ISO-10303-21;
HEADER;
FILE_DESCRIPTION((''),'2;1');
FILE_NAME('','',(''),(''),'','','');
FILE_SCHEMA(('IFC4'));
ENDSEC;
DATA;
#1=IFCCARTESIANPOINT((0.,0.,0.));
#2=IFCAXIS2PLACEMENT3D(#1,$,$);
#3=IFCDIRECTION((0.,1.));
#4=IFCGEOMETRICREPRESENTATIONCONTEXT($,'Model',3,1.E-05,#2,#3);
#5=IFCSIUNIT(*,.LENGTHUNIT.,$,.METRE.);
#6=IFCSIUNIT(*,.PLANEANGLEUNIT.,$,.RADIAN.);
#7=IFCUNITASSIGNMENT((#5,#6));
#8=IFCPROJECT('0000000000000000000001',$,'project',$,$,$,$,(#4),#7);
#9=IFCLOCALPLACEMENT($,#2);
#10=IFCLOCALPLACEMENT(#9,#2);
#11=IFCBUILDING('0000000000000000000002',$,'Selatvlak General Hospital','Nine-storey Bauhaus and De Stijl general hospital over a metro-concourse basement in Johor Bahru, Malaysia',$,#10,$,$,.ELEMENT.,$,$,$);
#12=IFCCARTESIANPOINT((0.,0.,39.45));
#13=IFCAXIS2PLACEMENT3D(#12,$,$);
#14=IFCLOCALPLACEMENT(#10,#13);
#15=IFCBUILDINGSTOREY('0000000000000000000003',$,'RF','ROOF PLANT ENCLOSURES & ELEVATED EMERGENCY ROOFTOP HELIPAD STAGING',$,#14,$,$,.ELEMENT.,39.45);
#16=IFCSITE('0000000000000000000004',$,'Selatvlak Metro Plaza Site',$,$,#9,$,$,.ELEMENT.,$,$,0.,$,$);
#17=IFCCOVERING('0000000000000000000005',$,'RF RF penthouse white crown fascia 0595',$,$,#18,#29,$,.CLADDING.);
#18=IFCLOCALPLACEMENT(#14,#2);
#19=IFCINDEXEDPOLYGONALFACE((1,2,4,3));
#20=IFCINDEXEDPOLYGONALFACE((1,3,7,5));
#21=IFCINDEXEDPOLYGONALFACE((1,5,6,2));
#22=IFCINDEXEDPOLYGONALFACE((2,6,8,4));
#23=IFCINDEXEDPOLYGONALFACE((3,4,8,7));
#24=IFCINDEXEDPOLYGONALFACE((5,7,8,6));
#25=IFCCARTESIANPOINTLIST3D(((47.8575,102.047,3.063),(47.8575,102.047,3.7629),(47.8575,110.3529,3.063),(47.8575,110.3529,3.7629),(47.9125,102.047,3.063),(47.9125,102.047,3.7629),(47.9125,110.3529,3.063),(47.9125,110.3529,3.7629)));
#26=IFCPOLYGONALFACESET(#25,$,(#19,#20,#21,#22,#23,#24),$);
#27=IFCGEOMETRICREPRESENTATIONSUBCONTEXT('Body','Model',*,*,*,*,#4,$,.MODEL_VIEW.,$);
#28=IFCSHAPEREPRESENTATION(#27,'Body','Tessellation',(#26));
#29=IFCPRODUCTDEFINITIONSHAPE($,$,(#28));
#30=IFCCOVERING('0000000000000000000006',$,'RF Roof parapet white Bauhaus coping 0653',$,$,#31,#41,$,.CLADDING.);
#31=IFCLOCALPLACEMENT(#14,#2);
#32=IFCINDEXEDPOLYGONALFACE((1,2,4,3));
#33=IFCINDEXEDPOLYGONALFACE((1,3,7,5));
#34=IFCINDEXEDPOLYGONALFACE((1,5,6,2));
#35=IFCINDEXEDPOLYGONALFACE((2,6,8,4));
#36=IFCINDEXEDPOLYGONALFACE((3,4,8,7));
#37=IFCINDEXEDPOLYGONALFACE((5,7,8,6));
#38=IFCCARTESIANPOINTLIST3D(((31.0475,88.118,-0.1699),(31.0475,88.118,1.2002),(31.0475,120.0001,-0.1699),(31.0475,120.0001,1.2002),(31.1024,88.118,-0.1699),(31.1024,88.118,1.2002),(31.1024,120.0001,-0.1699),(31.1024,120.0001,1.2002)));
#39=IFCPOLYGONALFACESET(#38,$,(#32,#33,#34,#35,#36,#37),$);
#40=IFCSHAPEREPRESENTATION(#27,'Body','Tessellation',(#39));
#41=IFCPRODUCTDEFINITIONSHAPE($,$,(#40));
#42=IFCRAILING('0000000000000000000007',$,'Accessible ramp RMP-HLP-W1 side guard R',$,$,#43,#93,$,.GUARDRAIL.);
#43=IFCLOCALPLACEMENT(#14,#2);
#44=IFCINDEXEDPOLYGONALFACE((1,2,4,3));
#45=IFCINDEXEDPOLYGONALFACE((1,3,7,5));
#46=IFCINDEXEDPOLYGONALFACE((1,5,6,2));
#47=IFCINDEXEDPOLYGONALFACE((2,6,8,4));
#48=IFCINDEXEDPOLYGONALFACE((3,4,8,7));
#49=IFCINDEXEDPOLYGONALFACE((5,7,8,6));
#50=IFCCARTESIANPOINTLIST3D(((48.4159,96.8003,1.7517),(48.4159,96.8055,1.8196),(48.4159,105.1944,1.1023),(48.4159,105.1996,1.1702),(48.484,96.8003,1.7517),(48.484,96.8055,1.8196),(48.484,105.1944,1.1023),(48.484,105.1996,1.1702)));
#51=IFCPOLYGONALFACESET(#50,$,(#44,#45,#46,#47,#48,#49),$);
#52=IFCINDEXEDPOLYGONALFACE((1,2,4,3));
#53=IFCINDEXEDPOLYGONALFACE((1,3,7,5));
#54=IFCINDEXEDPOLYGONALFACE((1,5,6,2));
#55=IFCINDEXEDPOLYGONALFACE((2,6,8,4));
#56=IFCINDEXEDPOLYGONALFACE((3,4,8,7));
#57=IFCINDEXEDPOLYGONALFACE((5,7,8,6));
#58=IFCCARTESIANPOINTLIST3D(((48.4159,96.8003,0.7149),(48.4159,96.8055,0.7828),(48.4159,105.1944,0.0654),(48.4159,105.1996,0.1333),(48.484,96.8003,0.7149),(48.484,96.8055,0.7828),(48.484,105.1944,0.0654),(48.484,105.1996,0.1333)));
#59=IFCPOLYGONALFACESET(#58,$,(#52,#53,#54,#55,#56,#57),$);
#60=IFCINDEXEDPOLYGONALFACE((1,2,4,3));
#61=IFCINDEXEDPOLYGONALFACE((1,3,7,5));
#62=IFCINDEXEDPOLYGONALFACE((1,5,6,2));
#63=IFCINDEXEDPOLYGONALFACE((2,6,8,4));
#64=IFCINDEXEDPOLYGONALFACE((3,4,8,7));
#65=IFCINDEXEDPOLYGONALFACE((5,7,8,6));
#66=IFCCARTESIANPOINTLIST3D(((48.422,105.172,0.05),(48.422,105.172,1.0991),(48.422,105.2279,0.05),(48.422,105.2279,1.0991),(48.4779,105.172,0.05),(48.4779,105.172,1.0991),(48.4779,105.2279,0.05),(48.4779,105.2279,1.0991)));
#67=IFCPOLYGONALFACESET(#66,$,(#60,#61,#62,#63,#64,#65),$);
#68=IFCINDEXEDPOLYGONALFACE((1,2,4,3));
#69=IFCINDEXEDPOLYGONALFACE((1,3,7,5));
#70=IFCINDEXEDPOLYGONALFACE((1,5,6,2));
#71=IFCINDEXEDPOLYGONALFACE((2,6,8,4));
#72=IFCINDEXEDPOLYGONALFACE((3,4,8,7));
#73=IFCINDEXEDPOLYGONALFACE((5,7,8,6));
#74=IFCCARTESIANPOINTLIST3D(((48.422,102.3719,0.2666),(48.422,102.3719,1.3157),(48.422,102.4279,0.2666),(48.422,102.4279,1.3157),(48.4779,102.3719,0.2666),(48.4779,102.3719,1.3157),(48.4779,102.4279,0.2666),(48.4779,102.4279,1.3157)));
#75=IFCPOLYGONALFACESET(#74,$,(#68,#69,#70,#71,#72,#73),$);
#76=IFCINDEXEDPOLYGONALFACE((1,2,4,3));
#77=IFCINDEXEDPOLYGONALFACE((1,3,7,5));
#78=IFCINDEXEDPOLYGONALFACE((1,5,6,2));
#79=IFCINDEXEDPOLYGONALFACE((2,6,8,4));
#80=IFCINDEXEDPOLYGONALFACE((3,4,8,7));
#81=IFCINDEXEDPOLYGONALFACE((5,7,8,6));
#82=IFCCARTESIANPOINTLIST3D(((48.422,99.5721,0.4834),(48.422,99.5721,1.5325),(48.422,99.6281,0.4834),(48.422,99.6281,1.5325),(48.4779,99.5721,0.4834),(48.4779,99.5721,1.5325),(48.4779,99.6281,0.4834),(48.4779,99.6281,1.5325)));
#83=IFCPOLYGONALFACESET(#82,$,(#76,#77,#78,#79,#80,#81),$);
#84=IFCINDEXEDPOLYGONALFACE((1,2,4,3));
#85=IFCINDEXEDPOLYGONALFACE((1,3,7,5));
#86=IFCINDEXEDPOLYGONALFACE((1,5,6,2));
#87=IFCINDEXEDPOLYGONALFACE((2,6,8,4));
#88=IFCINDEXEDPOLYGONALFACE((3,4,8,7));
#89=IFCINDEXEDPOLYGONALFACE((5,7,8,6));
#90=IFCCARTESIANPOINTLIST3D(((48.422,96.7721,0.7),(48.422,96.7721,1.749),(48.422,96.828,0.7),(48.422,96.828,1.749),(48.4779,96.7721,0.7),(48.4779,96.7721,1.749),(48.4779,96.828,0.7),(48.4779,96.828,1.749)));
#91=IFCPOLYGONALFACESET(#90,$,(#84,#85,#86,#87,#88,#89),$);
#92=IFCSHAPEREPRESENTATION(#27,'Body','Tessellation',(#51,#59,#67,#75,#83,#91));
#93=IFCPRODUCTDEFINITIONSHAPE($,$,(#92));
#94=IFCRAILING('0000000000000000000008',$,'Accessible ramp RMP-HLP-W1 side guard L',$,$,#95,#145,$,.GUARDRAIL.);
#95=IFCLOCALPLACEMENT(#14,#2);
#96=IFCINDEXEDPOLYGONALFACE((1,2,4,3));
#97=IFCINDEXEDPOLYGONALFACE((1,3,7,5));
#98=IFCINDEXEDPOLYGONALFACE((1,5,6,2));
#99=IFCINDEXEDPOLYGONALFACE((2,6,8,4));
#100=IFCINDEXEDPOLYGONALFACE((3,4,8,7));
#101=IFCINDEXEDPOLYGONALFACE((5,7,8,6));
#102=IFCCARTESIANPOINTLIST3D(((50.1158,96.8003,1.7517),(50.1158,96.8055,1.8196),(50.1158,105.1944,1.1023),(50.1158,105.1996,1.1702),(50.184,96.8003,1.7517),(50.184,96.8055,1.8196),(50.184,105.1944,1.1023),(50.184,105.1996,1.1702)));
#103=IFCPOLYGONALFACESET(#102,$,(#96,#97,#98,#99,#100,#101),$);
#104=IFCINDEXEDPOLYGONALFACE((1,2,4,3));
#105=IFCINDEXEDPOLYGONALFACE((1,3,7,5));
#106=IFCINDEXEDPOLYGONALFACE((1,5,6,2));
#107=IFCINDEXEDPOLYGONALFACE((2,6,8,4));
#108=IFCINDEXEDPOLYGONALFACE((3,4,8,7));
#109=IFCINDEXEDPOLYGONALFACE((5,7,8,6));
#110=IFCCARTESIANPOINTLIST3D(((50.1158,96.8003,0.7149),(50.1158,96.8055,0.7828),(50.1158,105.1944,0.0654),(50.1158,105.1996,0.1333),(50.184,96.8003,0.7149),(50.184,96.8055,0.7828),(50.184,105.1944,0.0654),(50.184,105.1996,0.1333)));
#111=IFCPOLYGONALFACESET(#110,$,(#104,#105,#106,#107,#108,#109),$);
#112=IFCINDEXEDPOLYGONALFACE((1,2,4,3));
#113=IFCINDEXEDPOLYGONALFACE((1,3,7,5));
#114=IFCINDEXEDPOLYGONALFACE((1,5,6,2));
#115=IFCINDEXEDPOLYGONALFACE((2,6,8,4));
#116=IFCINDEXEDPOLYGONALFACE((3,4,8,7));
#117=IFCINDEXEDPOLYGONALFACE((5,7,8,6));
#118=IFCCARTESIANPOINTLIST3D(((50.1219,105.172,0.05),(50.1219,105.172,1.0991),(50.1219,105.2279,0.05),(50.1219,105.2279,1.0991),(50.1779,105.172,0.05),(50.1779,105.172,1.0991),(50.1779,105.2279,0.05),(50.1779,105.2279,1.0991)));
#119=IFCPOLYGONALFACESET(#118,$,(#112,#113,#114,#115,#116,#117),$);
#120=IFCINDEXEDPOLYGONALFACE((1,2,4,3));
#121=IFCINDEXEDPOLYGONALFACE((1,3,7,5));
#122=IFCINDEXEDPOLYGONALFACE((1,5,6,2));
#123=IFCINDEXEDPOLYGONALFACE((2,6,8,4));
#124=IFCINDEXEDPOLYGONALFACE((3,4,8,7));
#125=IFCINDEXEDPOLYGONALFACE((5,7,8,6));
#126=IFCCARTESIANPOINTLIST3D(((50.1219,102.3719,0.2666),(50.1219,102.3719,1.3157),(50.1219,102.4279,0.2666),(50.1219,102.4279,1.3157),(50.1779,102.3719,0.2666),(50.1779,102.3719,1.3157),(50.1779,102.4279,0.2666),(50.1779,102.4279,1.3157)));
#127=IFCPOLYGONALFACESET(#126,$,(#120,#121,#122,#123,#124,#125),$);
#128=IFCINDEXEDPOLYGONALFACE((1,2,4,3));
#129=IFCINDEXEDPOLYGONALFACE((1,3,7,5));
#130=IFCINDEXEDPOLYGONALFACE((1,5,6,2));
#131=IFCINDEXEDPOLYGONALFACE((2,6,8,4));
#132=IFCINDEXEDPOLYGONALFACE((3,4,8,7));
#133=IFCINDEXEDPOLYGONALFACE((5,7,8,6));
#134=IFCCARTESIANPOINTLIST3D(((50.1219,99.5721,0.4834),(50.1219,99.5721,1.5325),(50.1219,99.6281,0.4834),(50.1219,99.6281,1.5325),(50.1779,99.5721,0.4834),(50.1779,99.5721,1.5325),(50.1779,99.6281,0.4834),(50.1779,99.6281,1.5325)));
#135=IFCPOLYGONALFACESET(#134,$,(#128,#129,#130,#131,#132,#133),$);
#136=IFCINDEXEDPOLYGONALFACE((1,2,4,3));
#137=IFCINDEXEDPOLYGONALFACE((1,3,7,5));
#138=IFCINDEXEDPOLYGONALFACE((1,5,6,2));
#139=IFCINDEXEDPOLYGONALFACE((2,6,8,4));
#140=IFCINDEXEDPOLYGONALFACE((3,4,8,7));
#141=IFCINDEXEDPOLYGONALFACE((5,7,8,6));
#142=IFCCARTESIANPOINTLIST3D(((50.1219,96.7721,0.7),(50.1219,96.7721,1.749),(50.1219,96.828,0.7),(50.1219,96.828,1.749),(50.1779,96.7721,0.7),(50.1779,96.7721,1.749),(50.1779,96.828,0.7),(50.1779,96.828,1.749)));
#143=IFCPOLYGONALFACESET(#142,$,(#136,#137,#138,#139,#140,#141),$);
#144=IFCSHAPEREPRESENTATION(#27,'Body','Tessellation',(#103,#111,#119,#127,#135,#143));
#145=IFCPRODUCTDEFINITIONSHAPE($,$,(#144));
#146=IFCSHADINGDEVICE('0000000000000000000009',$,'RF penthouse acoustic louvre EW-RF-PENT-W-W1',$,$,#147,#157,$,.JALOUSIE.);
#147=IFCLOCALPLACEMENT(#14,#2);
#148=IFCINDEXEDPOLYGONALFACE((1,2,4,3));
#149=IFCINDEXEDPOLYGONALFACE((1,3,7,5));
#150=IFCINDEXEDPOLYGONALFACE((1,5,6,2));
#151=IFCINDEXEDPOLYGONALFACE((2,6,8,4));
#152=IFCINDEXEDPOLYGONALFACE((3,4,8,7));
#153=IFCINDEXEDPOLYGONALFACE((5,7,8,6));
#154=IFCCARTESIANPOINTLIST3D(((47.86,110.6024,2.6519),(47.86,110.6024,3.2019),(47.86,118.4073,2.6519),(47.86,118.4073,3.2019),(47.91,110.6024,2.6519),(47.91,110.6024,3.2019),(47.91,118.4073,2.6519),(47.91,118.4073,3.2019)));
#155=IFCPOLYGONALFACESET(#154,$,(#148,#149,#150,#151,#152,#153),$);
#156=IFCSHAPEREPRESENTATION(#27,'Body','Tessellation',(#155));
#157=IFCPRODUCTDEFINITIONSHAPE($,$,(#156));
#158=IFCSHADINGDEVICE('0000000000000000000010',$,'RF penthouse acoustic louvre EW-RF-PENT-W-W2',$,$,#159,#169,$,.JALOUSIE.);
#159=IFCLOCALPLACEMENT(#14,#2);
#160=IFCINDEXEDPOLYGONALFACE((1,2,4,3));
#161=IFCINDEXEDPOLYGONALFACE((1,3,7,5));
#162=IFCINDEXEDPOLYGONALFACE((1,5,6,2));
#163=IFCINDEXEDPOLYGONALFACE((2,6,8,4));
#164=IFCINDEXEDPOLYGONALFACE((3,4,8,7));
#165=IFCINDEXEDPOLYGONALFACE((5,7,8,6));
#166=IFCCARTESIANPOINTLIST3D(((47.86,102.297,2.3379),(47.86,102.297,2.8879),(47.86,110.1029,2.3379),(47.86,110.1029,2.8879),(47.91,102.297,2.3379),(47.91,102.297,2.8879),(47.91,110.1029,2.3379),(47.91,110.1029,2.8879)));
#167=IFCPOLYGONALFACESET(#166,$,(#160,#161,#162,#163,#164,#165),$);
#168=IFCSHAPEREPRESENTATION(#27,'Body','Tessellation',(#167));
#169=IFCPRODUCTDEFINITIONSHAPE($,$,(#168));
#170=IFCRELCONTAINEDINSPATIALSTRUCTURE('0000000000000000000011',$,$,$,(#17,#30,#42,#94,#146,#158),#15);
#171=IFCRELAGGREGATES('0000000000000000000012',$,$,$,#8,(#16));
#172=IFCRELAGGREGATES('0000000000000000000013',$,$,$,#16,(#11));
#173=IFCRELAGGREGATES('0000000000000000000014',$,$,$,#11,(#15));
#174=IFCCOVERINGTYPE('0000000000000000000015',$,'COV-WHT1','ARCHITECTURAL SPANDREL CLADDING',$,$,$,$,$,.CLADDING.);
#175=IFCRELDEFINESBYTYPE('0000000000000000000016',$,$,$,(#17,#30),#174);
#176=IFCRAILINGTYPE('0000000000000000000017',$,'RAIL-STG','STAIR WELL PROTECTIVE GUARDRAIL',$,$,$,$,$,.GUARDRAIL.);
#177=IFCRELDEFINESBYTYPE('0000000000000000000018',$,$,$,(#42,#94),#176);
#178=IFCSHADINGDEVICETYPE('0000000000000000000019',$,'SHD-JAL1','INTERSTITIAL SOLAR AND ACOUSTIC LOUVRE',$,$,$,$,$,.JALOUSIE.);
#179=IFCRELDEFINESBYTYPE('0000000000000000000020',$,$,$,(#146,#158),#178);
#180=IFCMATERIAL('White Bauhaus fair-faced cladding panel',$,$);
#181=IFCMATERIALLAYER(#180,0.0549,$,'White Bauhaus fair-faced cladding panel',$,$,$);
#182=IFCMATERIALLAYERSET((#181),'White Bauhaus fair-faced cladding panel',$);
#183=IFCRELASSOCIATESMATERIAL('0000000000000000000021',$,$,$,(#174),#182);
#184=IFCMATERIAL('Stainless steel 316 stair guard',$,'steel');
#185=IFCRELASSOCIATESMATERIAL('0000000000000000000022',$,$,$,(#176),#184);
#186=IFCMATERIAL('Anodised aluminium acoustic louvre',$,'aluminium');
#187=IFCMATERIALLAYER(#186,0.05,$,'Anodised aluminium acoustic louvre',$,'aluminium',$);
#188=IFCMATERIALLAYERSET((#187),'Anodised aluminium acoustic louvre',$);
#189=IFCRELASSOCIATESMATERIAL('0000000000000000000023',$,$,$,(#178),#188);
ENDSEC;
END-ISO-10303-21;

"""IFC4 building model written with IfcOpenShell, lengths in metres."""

from ifc_helpers import new_model, si_unit, direction, frame, origin, origin_2d, place, context, subcontext, project, spatial, rectangle, extrude, material, layer, layer_set, type_object, element, save


model = new_model("IFC4")

# Units and contexts
model_context = context("Model", 3, precision=1e-05, world=origin(), true_north=direction((0.0, 1.0)))
body_context = subcontext(model_context, "Body", "Model", "MODEL_VIEW")
ifc_project = project(units=[si_unit("LENGTHUNIT", "METRE"), si_unit("PLANEANGLEUNIT", "RADIAN")], contexts=[model_context])

# Site, building, storey
site_placement = place(None, origin())
site = spatial("IfcSite", under=ifc_project, at=site_placement, Name="Selatvlak Metro Plaza Site", CompositionType="ELEMENT", RefElevation=0.0)
building_placement = place(site_placement, origin())
building = spatial("IfcBuilding", under=site, at=building_placement, Name="Selatvlak General Hospital", Description="Nine-storey Bauhaus and De Stijl general hospital over a metro-concourse basement in Johor Bahru, Malaysia", CompositionType="ELEMENT")
storey_placement = place(building_placement, frame((0.0, 0.0, 39.45)))
storey = spatial("IfcBuildingStorey", under=building, at=storey_placement, Name="RF", Description="ROOF PLANT ENCLOSURES & ELEVATED EMERGENCY ROOFTOP HELIPAD STAGING", CompositionType="ELEMENT", Elevation=39.45)

# Coverings
ifc_material_1 = material(Name="White Bauhaus fair-faced cladding panel")
ifc_layer_1 = layer(ifc_material_1, 0.0549, Name="White Bauhaus fair-faced cladding panel")
ifc_layer_set_1 = layer_set([ifc_layer_1], Name="White Bauhaus fair-faced cladding panel")
covering_type = type_object("IfcCoveringType", Name="COV-WHT1", Description="ARCHITECTURAL SPANDREL CLADDING", PredefinedType="CLADDING", material=ifc_layer_set_1)
covering_1_placement = place(storey_placement, frame((47.885, 106.2, 3.063), z_axis=(0.0, 0.0, 1.0), x_axis=(0.0, -1.0, 0.0)))
element("IfcCovering", 1, at=covering_1_placement, inside=storey, type_object=covering_type, Name="RF RF penthouse white crown fascia 0595", PredefinedType="CLADDING", context=body_context, shape_type="SweptSolid", body=[
    extrude(rectangle(XDim=8.3059, YDim=0.0549, at=origin_2d()), origin(), (0.0, 0.0, 1.0), 0.7),
])
covering_2_placement = place(storey_placement, frame((31.075, 104.0591, -0.1699), z_axis=(0.0, 0.0, 1.0), x_axis=(0.0, 1.0, 0.0)))
element("IfcCovering", 2, at=covering_2_placement, inside=storey, type_object=covering_type, Name="RF Roof parapet white Bauhaus coping 0653", PredefinedType="CLADDING", context=body_context, shape_type="SweptSolid", body=[
    extrude(rectangle(XDim=31.8821, YDim=0.0549, at=origin_2d()), origin(), (0.0, 0.0, 1.0), 1.3701),
])

# Railings
ifc_material_2 = material(Name="Stainless steel 316 stair guard", Category="steel")
railing_type = type_object("IfcRailingType", Name="RAIL-STG", Description="STAIR WELL PROTECTIVE GUARDRAIL", PredefinedType="GUARDRAIL", material=ifc_material_2)
for number, where, name in (
    (3, (48.45, 105.2, 0.05), "Accessible ramp RMP-HLP-W1 side guard R"),
    (4, (50.1499, 105.2, 0.05), "Accessible ramp RMP-HLP-W1 side guard L"),
):
    element("IfcRailing", number, at=place(storey_placement, frame(where)), inside=storey, type_object=railing_type, Name=name, PredefinedType="GUARDRAIL", context=body_context, shape_type="SweptSolid", body=[
        extrude(rectangle(XDim=0.0681, YDim=0.0681, at=origin_2d()), frame((0.0, -0.0029, 1.0862), z_axis=(0.0, -0.99702, 0.07714), x_axis=(1.0, 0.0, 0.0)), (0.0, 0.0, 1.0), 8.4192),
        extrude(rectangle(XDim=0.0681, YDim=0.0681, at=origin_2d()), frame((0.0, -0.0029, 0.0493), z_axis=(0.0, -0.99702, 0.07714), x_axis=(1.0, 0.0, 0.0)), (0.0, 0.0, 1.0), 8.4192),
        extrude(rectangle(XDim=0.0559, YDim=0.0559, at=origin_2d()), origin(), (0.0, 0.0, 1.0), 1.0491),
        extrude(rectangle(XDim=0.0559, YDim=0.0559, at=origin_2d()), frame((0.0, -2.8, 0.2166)), (0.0, 0.0, 1.0), 1.0491),
        extrude(rectangle(XDim=0.0559, YDim=0.0559, at=origin_2d()), frame((0.0, -5.5999, 0.4333)), (0.0, 0.0, 1.0), 1.0491),
        extrude(rectangle(XDim=0.0559, YDim=0.0559, at=origin_2d()), frame((0.0, -8.3999, 0.6499)), (0.0, 0.0, 1.0), 1.0491),
    ])

# Shading devices
ifc_material_3 = material(Name="Anodised aluminium acoustic louvre", Category="aluminium")
ifc_layer_2 = layer(ifc_material_3, 0.05, Name="Anodised aluminium acoustic louvre", Category="aluminium")
ifc_layer_set_2 = layer_set([ifc_layer_2], Name="Anodised aluminium acoustic louvre")
shading_device_type = type_object("IfcShadingDeviceType", Name="SHD-JAL1", Description="INTERSTITIAL SOLAR AND ACOUSTIC LOUVRE", PredefinedType="JALOUSIE", material=ifc_layer_set_2)
shading_device_1_placement = place(storey_placement, frame((47.885, 114.5049, 2.6519), z_axis=(0.0, 0.0, 1.0), x_axis=(0.0, -1.0, 0.0)))
element("IfcShadingDevice", 5, at=shading_device_1_placement, inside=storey, type_object=shading_device_type, Name="RF penthouse acoustic louvre EW-RF-PENT-W-W1", PredefinedType="JALOUSIE", context=body_context, shape_type="SweptSolid", body=[
    extrude(rectangle(XDim=7.8049, YDim=0.05, at=origin_2d()), origin(), (0.0, 0.0, 1.0), 0.55),
])
shading_device_2_placement = place(storey_placement, frame((47.885, 106.2, 2.3379), z_axis=(0.0, 0.0, 1.0), x_axis=(0.0, -1.0, 0.0)))
element("IfcShadingDevice", 6, at=shading_device_2_placement, inside=storey, type_object=shading_device_type, Name="RF penthouse acoustic louvre EW-RF-PENT-W-W2", PredefinedType="JALOUSIE", context=body_context, shape_type="SweptSolid", body=[
    extrude(rectangle(XDim=7.8059, YDim=0.05, at=origin_2d()), origin(), (0.0, 0.0, 1.0), 0.55),
])

save(model, "model.ifc")
